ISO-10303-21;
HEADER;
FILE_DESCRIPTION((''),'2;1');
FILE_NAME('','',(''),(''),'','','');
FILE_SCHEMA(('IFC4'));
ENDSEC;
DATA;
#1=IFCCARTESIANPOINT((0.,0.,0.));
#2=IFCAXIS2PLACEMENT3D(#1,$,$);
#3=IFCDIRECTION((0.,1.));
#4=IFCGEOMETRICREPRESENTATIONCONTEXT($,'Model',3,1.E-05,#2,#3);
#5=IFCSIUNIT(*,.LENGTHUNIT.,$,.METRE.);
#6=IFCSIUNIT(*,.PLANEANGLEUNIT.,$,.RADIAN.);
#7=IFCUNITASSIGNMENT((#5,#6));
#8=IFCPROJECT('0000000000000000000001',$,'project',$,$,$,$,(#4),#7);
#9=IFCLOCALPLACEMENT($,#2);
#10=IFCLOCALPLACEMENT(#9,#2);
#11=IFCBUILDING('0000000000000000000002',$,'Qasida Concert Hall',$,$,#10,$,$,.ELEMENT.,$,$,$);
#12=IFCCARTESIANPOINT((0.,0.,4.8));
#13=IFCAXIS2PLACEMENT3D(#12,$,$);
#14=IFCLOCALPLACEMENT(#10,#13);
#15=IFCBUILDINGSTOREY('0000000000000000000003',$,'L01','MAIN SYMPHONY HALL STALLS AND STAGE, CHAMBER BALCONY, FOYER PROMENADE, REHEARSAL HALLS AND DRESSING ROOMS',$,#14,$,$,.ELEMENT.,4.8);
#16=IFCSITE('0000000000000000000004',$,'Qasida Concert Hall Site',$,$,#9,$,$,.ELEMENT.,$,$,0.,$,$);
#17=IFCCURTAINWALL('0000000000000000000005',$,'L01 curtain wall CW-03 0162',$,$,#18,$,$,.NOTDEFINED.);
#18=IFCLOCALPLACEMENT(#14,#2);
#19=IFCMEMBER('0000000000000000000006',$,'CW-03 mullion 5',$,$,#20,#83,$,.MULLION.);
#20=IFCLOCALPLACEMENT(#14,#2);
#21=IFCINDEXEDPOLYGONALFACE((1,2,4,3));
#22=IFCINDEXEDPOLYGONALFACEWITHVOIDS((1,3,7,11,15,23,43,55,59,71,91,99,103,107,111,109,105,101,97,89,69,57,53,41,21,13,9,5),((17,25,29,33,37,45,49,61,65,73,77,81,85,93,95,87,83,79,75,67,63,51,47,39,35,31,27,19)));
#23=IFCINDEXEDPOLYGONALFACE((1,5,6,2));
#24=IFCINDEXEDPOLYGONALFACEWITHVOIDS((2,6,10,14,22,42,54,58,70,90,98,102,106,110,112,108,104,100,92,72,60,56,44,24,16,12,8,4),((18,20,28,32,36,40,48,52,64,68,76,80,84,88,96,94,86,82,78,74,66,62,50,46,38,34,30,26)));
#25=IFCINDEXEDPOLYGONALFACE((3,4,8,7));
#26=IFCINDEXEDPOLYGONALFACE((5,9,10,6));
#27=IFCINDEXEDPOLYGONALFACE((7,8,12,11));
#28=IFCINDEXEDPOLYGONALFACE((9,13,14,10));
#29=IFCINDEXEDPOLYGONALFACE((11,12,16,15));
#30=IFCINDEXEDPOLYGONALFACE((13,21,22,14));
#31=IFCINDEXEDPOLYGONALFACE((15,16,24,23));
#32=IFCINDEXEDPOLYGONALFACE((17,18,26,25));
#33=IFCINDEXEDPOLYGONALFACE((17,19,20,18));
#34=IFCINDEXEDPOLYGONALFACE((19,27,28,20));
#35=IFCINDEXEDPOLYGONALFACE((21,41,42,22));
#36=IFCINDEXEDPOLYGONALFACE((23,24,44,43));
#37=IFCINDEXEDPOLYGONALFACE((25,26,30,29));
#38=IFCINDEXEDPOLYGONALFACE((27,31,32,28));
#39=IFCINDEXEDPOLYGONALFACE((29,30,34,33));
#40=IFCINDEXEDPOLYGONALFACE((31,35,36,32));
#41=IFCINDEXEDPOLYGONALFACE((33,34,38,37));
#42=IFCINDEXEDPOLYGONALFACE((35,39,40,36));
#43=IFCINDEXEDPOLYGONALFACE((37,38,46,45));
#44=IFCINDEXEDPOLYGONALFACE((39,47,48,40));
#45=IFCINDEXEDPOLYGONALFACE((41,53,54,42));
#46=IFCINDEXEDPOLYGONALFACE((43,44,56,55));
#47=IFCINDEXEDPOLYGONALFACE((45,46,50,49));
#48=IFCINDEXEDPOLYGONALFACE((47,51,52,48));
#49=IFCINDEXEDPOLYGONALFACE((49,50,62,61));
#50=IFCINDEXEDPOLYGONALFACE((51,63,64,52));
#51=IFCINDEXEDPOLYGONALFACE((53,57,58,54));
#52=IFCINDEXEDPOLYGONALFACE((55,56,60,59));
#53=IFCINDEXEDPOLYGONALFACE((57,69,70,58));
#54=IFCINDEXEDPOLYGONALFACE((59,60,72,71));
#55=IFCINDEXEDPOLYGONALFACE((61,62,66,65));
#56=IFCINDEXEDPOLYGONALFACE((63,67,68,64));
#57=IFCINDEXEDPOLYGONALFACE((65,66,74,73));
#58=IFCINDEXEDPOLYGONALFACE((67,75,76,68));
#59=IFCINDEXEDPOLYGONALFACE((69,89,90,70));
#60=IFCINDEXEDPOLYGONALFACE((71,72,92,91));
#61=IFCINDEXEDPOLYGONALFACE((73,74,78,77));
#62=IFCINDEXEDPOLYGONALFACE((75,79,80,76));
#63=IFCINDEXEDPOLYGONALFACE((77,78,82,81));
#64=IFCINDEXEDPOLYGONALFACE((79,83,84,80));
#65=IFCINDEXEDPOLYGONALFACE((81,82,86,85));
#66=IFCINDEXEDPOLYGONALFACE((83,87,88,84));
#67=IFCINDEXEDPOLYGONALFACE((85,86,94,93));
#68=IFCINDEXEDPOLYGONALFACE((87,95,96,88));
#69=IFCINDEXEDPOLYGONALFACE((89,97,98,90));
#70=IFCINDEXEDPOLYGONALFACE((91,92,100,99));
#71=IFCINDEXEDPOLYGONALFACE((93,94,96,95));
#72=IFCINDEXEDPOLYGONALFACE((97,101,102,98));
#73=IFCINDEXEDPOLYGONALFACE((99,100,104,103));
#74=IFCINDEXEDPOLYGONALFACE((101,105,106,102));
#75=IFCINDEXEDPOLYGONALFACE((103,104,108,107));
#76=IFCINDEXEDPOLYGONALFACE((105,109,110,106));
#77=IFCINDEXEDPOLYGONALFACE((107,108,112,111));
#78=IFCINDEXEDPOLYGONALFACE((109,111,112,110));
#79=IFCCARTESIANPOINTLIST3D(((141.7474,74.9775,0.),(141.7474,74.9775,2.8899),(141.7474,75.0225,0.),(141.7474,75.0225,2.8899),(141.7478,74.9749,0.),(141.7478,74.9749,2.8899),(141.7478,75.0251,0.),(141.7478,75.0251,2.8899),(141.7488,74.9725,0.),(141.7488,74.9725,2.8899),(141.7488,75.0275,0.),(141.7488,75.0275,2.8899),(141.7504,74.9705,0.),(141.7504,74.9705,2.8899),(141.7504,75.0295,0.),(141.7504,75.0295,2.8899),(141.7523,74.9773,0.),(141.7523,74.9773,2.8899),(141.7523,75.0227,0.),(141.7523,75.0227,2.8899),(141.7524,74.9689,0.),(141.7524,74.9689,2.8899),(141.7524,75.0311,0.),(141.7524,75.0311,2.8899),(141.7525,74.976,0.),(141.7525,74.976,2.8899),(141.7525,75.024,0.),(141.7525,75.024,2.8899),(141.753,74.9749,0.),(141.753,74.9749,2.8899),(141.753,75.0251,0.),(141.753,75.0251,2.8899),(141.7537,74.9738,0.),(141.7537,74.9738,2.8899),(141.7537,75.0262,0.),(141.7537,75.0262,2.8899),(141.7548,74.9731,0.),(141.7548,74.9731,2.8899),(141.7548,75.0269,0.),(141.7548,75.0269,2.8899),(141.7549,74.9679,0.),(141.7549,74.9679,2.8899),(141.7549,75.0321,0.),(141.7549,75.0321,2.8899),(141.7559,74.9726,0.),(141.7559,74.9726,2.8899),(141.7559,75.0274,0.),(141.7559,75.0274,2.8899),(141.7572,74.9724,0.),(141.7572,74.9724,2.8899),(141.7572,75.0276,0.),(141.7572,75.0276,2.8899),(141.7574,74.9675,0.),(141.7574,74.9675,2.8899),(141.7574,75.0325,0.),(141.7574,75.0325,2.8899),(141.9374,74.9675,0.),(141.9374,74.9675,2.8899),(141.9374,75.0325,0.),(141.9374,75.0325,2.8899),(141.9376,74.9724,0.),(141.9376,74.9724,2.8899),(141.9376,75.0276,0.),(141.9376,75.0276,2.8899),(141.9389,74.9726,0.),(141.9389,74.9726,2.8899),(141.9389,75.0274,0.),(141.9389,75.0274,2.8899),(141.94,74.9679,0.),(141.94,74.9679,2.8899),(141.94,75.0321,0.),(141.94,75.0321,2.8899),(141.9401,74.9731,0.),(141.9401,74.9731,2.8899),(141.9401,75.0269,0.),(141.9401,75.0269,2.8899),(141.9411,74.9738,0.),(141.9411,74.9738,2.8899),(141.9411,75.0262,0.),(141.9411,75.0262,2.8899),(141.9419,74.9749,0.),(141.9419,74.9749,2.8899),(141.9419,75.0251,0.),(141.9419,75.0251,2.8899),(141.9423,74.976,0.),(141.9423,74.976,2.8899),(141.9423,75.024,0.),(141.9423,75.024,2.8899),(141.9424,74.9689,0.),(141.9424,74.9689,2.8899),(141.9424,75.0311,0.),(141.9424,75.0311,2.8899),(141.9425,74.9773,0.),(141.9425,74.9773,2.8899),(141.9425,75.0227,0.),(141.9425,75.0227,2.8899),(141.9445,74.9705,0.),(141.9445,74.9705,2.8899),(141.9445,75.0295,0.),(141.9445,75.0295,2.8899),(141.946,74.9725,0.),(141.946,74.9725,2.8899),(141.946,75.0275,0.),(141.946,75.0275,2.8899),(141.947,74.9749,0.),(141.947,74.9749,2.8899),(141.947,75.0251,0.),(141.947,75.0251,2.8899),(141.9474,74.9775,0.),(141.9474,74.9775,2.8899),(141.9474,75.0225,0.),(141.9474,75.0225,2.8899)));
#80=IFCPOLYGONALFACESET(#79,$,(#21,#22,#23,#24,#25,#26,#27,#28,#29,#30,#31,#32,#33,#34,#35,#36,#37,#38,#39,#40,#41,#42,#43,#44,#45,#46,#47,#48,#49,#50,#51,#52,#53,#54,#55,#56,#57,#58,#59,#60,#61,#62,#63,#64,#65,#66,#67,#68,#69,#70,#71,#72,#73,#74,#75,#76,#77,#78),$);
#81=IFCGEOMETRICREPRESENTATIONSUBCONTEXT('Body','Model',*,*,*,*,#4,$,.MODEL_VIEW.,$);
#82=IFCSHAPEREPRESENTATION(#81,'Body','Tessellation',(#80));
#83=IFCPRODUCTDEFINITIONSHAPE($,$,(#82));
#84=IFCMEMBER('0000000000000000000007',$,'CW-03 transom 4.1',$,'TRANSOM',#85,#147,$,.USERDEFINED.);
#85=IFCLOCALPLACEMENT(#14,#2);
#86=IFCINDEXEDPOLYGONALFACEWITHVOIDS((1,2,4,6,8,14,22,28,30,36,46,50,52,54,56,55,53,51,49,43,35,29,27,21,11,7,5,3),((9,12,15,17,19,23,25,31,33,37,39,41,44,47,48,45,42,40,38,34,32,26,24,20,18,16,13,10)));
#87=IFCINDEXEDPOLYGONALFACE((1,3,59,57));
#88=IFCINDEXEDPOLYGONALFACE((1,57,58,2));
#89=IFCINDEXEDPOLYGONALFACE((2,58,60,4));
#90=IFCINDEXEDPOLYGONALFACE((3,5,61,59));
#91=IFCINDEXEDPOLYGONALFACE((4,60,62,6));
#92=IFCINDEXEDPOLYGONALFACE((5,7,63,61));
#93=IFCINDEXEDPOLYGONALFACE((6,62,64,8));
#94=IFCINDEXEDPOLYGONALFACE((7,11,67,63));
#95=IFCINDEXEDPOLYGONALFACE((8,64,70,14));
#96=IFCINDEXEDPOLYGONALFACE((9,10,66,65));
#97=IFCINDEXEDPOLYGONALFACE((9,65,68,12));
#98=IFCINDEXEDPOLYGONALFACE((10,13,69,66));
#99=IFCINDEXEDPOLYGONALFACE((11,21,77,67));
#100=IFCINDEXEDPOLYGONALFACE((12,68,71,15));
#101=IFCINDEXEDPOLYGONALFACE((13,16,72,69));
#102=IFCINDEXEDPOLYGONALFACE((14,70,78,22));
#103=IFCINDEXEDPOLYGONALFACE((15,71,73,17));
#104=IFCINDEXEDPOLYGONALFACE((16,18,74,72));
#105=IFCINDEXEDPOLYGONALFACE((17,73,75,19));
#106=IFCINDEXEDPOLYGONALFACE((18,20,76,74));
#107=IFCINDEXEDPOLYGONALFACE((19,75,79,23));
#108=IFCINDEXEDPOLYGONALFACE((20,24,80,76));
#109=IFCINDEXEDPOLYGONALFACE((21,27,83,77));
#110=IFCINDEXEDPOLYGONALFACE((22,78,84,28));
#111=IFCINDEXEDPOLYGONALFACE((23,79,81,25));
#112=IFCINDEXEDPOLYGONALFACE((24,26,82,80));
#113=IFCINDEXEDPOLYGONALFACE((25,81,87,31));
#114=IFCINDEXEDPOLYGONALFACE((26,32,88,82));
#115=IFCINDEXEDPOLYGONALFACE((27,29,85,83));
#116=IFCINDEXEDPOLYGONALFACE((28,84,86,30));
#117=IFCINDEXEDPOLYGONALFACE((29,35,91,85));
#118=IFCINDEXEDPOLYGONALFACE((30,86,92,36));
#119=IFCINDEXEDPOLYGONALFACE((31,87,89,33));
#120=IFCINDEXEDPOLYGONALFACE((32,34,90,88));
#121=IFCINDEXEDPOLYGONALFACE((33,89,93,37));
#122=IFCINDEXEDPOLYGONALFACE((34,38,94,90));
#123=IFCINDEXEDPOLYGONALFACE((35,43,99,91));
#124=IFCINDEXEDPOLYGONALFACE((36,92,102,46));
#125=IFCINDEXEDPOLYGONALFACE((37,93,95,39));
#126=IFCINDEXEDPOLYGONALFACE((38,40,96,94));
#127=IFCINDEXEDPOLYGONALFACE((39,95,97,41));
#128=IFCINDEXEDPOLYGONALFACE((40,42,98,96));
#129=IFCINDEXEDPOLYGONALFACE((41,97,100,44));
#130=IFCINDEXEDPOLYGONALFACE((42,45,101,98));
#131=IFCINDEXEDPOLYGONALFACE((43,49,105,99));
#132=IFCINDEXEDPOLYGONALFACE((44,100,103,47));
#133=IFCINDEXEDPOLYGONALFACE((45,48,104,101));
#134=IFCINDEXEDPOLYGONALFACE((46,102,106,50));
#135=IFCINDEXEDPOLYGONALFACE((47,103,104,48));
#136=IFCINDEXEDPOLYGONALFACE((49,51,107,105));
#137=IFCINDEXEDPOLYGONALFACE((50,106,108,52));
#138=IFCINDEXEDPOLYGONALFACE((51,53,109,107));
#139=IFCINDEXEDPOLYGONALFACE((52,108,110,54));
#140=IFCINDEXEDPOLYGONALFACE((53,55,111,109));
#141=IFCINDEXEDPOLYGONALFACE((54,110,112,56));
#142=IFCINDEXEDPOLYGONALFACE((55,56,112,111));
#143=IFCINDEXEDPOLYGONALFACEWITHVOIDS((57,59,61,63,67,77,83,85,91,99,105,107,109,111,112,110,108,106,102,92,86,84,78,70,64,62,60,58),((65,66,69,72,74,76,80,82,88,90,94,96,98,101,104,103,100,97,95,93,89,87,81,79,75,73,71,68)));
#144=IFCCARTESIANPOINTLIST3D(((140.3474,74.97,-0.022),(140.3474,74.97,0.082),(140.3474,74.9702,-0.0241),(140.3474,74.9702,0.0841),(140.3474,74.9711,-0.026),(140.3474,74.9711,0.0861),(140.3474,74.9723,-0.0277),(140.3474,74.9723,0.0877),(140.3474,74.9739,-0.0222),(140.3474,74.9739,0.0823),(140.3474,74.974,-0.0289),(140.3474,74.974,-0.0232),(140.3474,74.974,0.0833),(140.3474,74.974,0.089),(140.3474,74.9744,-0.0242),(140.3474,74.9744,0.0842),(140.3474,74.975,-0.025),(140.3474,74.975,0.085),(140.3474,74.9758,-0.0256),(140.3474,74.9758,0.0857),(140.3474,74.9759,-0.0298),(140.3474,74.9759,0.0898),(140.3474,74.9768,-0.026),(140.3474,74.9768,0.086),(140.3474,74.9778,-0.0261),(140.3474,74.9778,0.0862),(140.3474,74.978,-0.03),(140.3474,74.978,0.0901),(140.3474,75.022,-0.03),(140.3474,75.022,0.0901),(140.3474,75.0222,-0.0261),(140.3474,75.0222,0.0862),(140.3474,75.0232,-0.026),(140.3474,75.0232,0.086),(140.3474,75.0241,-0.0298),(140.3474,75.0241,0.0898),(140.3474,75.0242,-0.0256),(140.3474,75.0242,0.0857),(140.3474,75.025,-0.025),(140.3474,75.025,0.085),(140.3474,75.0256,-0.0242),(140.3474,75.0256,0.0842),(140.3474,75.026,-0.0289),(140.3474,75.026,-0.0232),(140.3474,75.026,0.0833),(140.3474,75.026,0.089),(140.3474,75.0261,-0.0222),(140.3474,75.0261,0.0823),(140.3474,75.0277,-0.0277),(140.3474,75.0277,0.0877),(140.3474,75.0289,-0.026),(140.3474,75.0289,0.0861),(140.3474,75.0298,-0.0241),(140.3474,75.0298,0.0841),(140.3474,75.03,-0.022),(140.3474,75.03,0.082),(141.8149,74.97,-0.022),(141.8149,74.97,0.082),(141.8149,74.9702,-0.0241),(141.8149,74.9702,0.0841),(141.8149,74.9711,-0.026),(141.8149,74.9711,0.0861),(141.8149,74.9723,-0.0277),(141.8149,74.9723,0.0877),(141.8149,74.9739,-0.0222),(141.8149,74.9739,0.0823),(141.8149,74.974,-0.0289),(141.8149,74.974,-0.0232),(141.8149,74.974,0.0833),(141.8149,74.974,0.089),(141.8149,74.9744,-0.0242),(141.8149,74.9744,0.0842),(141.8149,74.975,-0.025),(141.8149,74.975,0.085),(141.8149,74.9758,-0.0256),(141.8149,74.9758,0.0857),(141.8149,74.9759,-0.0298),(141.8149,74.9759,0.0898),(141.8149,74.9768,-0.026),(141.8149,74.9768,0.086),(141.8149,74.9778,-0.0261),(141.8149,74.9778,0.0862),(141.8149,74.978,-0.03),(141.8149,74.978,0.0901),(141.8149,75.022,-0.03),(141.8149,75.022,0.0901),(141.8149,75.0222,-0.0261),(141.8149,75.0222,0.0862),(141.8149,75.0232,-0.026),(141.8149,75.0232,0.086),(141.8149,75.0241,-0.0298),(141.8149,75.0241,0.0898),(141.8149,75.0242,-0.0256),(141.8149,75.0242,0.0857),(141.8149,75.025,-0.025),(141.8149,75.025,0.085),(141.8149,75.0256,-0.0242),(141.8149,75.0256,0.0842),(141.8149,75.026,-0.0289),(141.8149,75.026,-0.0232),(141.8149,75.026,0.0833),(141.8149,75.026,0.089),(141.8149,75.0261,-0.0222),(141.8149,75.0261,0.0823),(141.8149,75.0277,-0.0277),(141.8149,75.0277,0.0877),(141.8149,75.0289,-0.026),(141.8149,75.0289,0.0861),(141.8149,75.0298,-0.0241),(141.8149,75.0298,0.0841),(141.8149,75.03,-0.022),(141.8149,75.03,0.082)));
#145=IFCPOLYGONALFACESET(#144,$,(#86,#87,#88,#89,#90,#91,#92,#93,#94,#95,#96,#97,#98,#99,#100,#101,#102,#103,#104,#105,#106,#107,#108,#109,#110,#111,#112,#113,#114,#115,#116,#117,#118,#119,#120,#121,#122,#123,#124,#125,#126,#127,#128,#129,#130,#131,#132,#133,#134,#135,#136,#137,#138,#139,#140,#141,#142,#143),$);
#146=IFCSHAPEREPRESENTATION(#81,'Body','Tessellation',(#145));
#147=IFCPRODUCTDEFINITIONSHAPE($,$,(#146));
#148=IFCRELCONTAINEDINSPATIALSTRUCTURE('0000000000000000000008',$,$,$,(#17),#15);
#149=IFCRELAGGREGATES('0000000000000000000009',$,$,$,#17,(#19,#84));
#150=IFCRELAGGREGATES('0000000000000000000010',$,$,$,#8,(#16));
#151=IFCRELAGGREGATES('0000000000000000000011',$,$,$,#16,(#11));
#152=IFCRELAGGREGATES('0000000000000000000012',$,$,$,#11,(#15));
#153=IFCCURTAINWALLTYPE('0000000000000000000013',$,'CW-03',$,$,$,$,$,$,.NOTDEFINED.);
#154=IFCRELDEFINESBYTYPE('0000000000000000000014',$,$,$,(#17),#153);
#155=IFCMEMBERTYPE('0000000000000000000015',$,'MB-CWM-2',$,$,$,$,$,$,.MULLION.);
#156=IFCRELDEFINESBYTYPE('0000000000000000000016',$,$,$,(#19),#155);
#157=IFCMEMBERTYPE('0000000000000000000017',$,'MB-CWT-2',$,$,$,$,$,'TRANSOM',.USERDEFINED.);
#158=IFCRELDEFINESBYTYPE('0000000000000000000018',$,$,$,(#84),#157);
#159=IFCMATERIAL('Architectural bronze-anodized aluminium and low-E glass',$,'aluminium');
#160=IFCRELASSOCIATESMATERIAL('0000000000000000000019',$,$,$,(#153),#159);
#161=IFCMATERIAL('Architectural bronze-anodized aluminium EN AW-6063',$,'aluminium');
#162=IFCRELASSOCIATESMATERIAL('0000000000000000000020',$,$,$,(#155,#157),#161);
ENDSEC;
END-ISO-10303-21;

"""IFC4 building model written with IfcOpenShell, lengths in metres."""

from ifc_helpers import new_model, si_unit, direction, frame, origin, origin_2d, place, context, subcontext, project, spatial, hollow_rectangle, extrude, material, material_profile, profile_set, type_object, element, aggregate, save


model = new_model("IFC4")

# Units and contexts
model_context = context("Model", 3, precision=1e-05, world=origin(), true_north=direction((0.0, 1.0)))
body_context = subcontext(model_context, "Body", "Model", "MODEL_VIEW")
ifc_project = project(units=[si_unit("LENGTHUNIT", "METRE"), si_unit("PLANEANGLEUNIT", "RADIAN")], contexts=[model_context])

# Site, building, storey
site_placement = place(None, origin())
site = spatial("IfcSite", under=ifc_project, at=site_placement, Name="Qasida Concert Hall Site", CompositionType="ELEMENT", RefElevation=0.0)
building_placement = place(site_placement, origin())
building = spatial("IfcBuilding", under=site, at=building_placement, Name="Qasida Concert Hall", CompositionType="ELEMENT")
storey_placement = place(building_placement, frame((0.0, 0.0, 4.8)))
storey = spatial("IfcBuildingStorey", under=building, at=storey_placement, Name="L01", Description="MAIN SYMPHONY HALL STALLS AND STAGE, CHAMBER BALCONY, FOYER PROMENADE, REHEARSAL HALLS AND DRESSING ROOMS", CompositionType="ELEMENT", Elevation=4.8)

# Curtain wall, members
ifc_material_1 = material(Name="Architectural bronze-anodized aluminium and low-E glass", Category="aluminium")
curtain_wall_type = type_object("IfcCurtainWallType", Name="CW-03", PredefinedType="NOTDEFINED", material=ifc_material_1)
curtain_wall_placement = place(storey_placement, origin())
curtain_wall = element("IfcCurtainWall", 1, at=curtain_wall_placement, inside=storey, type_object=curtain_wall_type, Name="L01 curtain wall CW-03 0162", PredefinedType="NOTDEFINED")
ifc_material_2 = material(Name="Architectural bronze-anodized aluminium EN AW-6063", Category="aluminium")
ifc_material_profile_1 = material_profile(ifc_material_2, hollow_rectangle(XDim=0.0649, YDim=0.2, WallThickness=0.0049, InnerFilletRadius=0.0049, OuterFilletRadius=0.01, at=origin_2d()), Name="CWM 200x65x5")
ifc_profile_set_1 = profile_set([ifc_material_profile_1], Name="Architectural bronze-anodized aluminium EN AW-6063")
member_type_1 = type_object("IfcMemberType", Name="MB-CWM-2", PredefinedType="MULLION", material=ifc_profile_set_1)
member_1_placement = place(storey_placement, frame((141.8474, 75.0, 0.0), z_axis=(0.0, 0.0, 1.0), x_axis=(0.0, 1.0, 0.0)))
member_1 = element("IfcMember", 2, at=member_1_placement, type_object=member_type_1, Name="CW-03 mullion 5", PredefinedType="MULLION", context=body_context, shape_type="SweptSolid", body=[
    extrude(hollow_rectangle(XDim=0.0649, YDim=0.2, WallThickness=0.0049, InnerFilletRadius=0.0049, OuterFilletRadius=0.01, at=origin_2d()), origin(), (0.0, 0.0, 1.0), 2.8899),
])
ifc_material_profile_2 = material_profile(ifc_material_2, hollow_rectangle(XDim=0.0601, YDim=0.1201, WallThickness=0.0039, InnerFilletRadius=0.0039, OuterFilletRadius=0.0081, at=origin_2d()), Name="CWT 120x60x4")
ifc_profile_set_2 = profile_set([ifc_material_profile_2], Name="Architectural bronze-anodized aluminium EN AW-6063")
member_type_2 = type_object("IfcMemberType", Name="MB-CWT-2", ElementType="TRANSOM", PredefinedType="USERDEFINED", material=ifc_profile_set_2)
member_2_placement = place(storey_placement, frame((140.3474, 75.0, 0.03), z_axis=(1.0, 0.0, 0.0), x_axis=(0.0, 1.0, 0.0)))
member_2 = element("IfcMember", 3, at=member_2_placement, type_object=member_type_2, Name="CW-03 transom 4.1", ObjectType="TRANSOM", PredefinedType="USERDEFINED", context=body_context, shape_type="SweptSolid", body=[
    extrude(hollow_rectangle(XDim=0.0601, YDim=0.1201, WallThickness=0.0039, InnerFilletRadius=0.0039, OuterFilletRadius=0.0081, at=origin_2d()), origin(), (0.0, 0.0, 1.0), 1.4675),
])
aggregate(curtain_wall, [member_1, member_2])

save(model, "model.ifc")
